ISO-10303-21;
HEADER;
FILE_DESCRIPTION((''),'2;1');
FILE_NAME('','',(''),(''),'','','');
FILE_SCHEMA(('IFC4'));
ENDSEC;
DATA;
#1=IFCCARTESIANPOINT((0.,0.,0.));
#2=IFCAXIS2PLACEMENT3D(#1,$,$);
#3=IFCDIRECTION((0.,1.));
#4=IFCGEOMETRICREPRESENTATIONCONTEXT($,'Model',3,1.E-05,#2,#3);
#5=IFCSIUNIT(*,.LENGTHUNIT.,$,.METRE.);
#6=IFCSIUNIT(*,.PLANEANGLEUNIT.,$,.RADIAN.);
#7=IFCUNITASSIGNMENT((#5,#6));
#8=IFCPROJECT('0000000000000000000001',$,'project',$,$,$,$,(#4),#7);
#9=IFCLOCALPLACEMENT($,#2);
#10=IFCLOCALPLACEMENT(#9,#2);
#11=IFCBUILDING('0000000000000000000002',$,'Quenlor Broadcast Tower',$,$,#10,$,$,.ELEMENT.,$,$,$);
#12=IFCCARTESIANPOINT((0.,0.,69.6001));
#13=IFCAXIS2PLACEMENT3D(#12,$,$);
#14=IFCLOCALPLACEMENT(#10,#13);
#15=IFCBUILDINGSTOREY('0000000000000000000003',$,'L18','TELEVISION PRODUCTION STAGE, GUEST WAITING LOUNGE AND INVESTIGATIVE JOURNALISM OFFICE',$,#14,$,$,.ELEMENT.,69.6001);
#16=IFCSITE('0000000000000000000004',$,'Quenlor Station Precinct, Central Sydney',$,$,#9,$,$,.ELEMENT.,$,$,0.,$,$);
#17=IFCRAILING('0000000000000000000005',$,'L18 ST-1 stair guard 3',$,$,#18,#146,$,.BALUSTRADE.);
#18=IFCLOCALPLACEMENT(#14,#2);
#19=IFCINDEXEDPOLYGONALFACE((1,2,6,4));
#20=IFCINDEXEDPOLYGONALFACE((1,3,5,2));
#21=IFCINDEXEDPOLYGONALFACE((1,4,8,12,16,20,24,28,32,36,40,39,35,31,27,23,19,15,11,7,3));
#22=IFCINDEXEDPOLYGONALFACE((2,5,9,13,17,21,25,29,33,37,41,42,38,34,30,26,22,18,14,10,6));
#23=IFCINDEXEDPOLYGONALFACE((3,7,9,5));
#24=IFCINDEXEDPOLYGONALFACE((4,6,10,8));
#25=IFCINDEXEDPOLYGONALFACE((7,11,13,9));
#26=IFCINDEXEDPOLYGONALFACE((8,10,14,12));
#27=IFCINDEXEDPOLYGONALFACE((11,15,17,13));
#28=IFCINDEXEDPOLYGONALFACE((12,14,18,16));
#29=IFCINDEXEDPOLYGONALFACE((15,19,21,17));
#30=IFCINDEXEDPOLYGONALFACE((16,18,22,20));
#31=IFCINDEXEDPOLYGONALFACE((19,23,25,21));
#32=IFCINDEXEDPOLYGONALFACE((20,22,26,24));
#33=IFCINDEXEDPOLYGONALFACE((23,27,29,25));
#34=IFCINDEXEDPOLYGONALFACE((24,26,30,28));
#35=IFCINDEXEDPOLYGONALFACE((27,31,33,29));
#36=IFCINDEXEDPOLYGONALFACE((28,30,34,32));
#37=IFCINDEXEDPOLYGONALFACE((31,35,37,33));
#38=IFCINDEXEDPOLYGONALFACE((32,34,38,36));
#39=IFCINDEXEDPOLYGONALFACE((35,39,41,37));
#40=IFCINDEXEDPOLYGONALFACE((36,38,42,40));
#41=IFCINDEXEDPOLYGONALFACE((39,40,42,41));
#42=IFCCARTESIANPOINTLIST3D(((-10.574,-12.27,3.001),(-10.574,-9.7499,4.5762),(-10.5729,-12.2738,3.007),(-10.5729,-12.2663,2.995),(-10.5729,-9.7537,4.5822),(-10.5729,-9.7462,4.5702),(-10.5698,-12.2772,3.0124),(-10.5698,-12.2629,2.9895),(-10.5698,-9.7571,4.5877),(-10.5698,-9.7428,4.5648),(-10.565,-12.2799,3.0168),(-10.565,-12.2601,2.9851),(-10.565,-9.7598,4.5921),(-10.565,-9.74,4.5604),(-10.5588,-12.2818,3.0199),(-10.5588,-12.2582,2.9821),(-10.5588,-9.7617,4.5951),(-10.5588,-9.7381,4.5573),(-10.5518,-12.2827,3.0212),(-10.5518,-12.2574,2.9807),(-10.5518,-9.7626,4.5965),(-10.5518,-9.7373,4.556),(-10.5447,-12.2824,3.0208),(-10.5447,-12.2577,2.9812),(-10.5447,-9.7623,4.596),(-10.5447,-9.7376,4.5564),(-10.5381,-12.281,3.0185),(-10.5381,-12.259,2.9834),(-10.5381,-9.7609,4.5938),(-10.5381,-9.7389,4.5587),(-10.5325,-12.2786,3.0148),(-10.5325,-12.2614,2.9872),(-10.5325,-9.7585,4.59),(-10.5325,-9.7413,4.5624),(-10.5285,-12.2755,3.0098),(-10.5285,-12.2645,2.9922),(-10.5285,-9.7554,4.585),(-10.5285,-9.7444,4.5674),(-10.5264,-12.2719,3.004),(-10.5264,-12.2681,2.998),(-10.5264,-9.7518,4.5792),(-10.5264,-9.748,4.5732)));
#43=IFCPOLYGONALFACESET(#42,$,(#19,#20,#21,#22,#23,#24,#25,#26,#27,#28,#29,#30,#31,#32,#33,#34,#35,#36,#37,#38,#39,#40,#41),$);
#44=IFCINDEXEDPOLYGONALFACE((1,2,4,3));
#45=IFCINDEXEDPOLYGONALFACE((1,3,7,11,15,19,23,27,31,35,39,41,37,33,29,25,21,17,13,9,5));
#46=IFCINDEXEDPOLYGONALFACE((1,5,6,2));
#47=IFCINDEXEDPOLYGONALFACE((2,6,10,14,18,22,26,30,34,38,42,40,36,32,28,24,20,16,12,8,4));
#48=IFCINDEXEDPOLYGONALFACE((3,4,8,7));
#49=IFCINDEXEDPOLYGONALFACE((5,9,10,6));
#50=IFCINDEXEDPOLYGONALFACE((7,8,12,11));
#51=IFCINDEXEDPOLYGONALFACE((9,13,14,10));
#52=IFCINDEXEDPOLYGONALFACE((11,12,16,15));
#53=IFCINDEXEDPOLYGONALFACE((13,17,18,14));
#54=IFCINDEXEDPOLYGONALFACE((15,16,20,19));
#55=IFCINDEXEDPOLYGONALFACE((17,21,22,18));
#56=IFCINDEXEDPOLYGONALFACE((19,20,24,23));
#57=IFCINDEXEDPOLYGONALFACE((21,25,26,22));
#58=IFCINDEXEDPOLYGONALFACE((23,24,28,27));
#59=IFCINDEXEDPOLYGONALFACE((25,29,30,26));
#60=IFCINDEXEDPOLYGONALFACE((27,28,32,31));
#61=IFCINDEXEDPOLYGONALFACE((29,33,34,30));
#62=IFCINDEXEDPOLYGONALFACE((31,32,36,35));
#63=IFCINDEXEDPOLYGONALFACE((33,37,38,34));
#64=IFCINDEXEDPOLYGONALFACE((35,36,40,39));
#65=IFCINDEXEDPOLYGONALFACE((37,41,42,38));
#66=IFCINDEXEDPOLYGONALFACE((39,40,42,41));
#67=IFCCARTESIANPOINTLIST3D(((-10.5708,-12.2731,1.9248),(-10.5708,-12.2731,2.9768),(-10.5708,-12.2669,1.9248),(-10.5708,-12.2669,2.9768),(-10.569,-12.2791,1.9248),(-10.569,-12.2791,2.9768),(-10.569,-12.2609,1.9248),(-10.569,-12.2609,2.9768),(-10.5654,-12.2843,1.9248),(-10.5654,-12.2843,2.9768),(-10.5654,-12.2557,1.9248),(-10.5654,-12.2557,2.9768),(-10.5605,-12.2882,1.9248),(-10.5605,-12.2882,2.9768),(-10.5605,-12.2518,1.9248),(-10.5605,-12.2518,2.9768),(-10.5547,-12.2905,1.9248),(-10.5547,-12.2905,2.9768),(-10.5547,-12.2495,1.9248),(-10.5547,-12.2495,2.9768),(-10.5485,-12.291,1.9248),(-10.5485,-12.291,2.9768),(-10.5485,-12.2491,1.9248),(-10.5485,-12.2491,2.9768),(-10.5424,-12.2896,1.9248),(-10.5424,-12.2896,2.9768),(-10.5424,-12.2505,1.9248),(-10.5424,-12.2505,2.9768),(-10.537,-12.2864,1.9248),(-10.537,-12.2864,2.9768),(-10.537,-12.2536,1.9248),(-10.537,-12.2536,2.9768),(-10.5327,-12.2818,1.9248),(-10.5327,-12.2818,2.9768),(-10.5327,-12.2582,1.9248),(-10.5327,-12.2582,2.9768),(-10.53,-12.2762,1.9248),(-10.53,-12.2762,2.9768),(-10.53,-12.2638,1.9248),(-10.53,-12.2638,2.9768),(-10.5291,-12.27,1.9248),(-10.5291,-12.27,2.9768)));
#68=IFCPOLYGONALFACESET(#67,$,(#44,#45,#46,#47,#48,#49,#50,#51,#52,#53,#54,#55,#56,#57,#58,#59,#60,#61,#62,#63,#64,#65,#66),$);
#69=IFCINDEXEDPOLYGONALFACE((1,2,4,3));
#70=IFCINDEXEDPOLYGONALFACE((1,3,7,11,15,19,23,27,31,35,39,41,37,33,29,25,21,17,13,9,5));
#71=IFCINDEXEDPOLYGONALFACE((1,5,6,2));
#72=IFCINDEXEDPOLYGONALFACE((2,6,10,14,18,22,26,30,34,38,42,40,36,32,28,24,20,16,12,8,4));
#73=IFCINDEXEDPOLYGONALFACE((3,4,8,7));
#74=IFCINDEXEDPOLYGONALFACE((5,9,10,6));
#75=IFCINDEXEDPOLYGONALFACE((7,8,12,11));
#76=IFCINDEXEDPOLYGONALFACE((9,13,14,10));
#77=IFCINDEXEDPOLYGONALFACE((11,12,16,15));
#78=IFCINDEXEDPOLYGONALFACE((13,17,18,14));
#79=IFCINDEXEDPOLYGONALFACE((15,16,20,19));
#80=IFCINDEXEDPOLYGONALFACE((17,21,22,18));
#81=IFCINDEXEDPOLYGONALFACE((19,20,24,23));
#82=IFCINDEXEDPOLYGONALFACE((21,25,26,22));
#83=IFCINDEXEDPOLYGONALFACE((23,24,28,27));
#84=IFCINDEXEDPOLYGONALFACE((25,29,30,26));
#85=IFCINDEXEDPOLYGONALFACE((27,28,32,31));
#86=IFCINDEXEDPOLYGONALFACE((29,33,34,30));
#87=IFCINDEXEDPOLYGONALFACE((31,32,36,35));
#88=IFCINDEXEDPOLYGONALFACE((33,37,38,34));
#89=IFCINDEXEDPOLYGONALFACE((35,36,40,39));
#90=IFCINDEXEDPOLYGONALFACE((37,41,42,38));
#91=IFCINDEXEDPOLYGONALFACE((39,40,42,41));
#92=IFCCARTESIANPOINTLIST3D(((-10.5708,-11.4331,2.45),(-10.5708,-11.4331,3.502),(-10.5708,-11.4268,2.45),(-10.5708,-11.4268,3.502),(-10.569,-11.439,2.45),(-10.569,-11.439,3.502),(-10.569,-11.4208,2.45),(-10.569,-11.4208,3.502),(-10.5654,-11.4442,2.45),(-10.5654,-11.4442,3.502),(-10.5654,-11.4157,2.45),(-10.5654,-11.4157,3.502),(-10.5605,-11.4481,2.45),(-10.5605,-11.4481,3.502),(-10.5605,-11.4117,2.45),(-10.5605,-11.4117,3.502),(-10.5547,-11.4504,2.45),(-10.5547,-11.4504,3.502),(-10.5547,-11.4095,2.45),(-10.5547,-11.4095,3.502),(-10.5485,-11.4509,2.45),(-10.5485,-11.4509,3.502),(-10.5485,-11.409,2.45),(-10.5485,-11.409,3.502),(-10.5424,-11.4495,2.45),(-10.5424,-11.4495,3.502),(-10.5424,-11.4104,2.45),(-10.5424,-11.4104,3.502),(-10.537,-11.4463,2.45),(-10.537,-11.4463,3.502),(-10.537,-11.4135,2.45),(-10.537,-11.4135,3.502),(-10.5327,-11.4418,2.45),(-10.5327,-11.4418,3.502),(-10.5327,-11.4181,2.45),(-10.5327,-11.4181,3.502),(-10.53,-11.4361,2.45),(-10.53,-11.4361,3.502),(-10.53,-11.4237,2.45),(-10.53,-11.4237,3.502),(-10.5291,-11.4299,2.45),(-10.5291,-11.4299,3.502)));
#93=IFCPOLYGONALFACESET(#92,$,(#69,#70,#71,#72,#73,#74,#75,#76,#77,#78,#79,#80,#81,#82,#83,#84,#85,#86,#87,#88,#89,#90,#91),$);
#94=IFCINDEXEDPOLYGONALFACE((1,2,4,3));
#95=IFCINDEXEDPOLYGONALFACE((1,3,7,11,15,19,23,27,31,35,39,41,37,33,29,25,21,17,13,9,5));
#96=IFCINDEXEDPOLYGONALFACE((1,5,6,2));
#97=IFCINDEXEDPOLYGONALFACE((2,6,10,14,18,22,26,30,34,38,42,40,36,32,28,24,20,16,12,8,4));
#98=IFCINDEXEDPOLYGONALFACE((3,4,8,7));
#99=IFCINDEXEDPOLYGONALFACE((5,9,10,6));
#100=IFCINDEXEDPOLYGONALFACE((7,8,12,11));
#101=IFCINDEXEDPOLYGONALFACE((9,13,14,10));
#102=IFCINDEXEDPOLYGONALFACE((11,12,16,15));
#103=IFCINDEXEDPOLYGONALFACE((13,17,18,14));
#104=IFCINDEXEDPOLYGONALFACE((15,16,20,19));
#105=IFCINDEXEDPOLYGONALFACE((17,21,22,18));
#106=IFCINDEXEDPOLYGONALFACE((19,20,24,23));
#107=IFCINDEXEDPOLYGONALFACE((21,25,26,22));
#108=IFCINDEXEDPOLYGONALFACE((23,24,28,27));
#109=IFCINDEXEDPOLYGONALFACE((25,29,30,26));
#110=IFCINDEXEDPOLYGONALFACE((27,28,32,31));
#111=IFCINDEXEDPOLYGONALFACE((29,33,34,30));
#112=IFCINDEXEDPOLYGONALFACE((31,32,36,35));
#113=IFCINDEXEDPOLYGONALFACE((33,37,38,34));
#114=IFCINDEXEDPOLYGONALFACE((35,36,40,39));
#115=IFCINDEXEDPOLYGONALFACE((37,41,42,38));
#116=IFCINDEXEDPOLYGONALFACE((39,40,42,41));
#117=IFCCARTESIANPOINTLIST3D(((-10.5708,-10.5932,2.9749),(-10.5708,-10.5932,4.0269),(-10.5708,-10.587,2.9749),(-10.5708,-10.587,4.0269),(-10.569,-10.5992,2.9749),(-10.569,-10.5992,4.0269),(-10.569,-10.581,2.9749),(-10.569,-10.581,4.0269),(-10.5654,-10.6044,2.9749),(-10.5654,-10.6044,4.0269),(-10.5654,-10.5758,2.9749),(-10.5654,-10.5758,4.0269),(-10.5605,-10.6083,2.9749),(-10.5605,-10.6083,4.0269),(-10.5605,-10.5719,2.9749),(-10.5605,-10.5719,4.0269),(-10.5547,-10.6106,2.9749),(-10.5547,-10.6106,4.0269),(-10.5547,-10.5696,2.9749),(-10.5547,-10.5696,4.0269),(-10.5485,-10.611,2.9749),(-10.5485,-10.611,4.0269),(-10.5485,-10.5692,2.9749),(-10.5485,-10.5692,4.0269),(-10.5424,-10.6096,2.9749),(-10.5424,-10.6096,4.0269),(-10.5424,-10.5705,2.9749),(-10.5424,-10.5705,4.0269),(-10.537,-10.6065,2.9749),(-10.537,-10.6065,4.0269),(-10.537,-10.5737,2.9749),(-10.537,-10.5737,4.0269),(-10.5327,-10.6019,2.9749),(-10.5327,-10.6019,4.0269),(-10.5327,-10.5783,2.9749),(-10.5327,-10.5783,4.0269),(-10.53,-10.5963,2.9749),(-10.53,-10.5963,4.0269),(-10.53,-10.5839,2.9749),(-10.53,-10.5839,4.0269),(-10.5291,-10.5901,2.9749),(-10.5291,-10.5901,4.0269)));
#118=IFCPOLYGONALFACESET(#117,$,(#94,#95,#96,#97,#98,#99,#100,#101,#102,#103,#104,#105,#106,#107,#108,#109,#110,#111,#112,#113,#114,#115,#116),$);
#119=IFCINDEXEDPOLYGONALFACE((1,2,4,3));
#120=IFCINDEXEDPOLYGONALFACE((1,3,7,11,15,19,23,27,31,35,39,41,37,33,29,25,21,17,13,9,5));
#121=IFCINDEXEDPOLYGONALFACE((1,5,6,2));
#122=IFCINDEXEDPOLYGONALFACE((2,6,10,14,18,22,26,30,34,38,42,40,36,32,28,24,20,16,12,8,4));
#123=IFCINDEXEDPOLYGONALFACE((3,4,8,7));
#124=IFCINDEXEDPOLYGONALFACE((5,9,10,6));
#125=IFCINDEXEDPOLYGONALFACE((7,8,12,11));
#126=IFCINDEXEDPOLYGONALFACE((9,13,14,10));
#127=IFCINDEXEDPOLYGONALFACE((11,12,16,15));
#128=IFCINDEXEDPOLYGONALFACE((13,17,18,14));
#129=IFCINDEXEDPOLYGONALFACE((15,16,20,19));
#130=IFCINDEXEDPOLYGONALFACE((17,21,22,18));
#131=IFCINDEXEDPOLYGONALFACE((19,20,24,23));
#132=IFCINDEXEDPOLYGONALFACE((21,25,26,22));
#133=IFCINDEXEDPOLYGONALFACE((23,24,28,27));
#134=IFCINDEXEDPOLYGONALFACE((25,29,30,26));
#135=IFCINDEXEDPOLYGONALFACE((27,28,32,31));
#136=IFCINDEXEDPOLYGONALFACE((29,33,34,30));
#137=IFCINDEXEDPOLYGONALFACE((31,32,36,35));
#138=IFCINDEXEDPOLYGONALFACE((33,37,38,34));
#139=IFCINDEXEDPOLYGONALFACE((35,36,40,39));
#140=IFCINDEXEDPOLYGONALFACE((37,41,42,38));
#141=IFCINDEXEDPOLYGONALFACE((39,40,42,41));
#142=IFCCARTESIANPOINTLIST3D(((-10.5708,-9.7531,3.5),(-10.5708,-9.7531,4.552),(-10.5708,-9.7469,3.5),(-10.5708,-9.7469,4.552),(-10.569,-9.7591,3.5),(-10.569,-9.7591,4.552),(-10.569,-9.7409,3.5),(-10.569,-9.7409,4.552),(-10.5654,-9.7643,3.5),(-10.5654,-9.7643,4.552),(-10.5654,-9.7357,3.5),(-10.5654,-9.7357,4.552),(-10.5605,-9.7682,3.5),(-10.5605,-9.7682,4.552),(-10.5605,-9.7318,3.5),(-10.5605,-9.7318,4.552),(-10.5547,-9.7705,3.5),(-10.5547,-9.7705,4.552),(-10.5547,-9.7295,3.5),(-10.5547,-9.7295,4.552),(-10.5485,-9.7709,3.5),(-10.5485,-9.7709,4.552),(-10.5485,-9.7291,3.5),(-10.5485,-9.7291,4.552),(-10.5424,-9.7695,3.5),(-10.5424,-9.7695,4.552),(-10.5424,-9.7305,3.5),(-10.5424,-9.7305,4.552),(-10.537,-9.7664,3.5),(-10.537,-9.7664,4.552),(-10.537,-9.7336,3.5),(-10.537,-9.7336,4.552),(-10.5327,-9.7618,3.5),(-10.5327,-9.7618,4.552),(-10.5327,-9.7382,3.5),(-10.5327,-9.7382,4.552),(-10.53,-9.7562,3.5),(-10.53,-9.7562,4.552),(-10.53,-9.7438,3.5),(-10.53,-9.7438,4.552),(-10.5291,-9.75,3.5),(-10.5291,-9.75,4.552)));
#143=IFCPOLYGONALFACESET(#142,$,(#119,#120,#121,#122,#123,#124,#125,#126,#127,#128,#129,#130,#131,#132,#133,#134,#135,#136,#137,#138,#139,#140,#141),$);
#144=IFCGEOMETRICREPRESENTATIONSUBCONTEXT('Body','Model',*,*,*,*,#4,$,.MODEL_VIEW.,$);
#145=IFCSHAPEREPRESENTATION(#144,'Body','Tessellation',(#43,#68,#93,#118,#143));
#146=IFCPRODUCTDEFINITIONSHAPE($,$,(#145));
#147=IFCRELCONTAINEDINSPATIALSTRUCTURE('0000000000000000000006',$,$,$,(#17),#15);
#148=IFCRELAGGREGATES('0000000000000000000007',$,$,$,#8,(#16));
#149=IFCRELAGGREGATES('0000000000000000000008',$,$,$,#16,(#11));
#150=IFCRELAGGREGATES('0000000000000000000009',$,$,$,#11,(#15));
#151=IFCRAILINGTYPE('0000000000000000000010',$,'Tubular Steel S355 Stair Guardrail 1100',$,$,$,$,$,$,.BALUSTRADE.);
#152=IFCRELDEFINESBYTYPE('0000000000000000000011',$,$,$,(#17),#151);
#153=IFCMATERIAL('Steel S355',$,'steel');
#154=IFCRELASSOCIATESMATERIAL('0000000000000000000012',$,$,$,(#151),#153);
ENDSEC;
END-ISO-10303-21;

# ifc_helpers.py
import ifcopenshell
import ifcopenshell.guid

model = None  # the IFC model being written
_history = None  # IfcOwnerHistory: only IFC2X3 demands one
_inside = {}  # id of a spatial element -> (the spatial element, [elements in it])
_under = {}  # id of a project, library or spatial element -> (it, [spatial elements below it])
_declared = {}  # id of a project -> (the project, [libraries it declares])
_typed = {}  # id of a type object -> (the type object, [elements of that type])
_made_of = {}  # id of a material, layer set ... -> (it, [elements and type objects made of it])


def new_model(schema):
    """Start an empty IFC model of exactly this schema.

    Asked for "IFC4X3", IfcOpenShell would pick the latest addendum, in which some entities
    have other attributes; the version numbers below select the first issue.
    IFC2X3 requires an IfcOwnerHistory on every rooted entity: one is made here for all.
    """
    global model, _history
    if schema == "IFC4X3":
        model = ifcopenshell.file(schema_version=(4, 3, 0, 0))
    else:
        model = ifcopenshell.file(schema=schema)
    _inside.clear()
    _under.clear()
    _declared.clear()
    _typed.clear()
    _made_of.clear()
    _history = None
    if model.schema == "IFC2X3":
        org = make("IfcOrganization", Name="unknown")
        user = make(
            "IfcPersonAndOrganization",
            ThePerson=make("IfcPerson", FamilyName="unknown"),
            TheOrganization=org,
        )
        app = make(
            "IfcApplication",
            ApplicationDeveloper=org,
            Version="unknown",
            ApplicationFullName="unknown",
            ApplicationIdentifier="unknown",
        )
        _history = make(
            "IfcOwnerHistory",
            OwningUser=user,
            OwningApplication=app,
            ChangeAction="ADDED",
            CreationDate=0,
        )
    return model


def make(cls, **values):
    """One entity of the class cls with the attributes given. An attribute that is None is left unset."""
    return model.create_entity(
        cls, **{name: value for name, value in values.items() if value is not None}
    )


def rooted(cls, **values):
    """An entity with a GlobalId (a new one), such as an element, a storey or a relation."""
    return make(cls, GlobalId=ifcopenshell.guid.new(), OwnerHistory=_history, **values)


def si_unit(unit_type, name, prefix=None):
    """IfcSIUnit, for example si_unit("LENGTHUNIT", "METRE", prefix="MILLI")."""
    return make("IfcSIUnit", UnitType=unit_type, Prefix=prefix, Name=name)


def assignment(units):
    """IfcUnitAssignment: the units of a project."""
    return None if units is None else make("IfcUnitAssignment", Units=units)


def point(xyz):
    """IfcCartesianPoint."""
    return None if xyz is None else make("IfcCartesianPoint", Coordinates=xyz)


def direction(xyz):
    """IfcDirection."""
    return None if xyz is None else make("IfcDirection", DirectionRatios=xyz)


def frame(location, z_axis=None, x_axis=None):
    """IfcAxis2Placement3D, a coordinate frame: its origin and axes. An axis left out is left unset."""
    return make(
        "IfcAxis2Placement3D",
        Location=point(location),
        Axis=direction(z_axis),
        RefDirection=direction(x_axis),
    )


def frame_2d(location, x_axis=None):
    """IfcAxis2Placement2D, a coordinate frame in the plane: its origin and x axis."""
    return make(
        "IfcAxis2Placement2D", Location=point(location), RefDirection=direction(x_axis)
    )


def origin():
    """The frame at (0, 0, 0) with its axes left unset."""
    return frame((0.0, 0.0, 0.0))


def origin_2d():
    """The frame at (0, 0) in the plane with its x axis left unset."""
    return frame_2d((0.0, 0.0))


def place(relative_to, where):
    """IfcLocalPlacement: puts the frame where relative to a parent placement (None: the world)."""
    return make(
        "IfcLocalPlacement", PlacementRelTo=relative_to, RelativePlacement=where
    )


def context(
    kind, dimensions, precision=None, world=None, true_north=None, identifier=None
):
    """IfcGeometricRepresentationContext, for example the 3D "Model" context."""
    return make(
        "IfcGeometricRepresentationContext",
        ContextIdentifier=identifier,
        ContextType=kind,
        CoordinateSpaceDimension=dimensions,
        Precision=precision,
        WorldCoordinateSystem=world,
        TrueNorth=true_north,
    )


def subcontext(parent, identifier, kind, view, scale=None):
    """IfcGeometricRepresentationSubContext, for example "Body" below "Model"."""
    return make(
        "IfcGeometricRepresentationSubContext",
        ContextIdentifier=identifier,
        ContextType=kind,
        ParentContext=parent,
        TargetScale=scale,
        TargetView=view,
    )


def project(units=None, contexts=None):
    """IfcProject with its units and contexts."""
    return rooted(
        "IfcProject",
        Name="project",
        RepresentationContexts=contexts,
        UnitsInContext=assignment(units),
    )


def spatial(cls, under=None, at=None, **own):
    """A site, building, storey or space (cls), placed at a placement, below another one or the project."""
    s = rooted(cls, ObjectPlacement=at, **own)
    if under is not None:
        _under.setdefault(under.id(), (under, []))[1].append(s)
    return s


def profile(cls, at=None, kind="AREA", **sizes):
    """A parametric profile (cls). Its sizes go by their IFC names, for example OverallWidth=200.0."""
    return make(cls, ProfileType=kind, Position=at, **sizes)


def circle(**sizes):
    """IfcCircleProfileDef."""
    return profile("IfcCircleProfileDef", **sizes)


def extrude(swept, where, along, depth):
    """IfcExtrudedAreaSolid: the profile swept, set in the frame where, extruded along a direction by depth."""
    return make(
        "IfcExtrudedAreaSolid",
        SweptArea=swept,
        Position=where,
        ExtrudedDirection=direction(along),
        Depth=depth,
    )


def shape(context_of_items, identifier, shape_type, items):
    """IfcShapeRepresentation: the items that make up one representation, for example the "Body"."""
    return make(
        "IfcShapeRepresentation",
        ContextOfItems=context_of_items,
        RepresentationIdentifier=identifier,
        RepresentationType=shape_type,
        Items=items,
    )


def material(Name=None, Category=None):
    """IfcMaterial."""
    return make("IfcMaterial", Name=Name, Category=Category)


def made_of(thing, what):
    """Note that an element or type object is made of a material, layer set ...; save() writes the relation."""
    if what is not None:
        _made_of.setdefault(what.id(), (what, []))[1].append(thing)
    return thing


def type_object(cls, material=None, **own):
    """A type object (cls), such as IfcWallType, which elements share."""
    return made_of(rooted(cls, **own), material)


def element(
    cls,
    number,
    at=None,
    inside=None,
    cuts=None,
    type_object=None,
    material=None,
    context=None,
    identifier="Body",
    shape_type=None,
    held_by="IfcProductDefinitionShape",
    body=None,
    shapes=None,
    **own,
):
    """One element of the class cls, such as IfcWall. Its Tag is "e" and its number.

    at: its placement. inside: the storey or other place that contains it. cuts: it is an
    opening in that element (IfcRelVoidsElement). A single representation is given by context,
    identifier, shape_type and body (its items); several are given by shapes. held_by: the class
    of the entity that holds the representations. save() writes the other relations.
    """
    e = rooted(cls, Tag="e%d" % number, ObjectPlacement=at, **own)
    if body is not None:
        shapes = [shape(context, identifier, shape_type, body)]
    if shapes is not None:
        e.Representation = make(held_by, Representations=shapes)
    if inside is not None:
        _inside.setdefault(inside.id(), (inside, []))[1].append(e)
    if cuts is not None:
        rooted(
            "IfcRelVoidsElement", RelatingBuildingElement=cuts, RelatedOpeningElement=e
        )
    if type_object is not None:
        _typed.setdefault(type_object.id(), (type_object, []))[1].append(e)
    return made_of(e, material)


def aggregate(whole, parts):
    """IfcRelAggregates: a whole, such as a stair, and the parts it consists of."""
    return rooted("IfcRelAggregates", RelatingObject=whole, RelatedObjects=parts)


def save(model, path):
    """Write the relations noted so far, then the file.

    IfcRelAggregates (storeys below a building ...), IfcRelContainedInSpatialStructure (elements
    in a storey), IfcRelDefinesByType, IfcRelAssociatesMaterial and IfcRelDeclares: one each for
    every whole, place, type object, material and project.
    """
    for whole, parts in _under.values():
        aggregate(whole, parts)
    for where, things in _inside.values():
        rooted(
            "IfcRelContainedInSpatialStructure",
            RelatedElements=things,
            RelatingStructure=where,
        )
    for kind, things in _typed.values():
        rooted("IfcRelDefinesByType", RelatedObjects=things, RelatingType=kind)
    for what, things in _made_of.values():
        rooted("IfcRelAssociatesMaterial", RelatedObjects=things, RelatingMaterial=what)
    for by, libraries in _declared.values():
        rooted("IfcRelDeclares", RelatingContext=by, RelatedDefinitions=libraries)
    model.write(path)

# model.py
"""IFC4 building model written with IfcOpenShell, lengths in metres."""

from ifc_helpers import new_model, si_unit, direction, frame, origin, origin_2d, place, context, subcontext, project, spatial, circle, extrude, material, type_object, element, save


model = new_model("IFC4")

# Units and contexts
model_context = context("Model", 3, precision=1e-05, world=origin(), true_north=direction((0.0, 1.0)))
body_context = subcontext(model_context, "Body", "Model", "MODEL_VIEW")
ifc_project = project(units=[si_unit("LENGTHUNIT", "METRE"), si_unit("PLANEANGLEUNIT", "RADIAN")], contexts=[model_context])

# Site, building, storey
site_placement = place(None, origin())
site = spatial("IfcSite", under=ifc_project, at=site_placement, Name="Quenlor Station Precinct, Central Sydney", CompositionType="ELEMENT", RefElevation=0.0)
building_placement = place(site_placement, origin())
building = spatial("IfcBuilding", under=site, at=building_placement, Name="Quenlor Broadcast Tower", CompositionType="ELEMENT")
storey_placement = place(building_placement, frame((0.0, 0.0, 69.6001)))
storey = spatial("IfcBuildingStorey", under=building, at=storey_placement, Name="L18", Description="TELEVISION PRODUCTION STAGE, GUEST WAITING LOUNGE AND INVESTIGATIVE JOURNALISM OFFICE", CompositionType="ELEMENT", Elevation=69.6001)

# Railing
ifc_material_1 = material(Name="Steel S355", Category="steel")
railing_type_1 = type_object("IfcRailingType", Name="Tubular Steel S355 Stair Guardrail 1100", PredefinedType="BALUSTRADE", material=ifc_material_1)
railing_1_placement = place(storey_placement, frame((-10.55, -12.27, 1.9248)))
element("IfcRailing", 1, at=railing_1_placement, inside=storey, type_object=railing_type_1, Name="L18 ST-1 stair guard 3", PredefinedType="BALUSTRADE", context=body_context, shape_type="SweptSolid", body=[
    extrude(circle(Radius=0.0239, at=origin_2d()), frame((0.0, 0.0, 1.0762), z_axis=(0.0, 0.847971, 0.530043), x_axis=(-1.0, 0.0, 0.0)), (0.0, 0.0, 1.0), 2.9719),
    extrude(circle(Radius=0.021, at=origin_2d()), origin(), (0.0, 0.0, 1.0), 1.052),
    extrude(circle(Radius=0.021, at=origin_2d()), frame((0.0, 0.8401, 0.5251)), (0.0, 0.0, 1.0), 1.052),
    extrude(circle(Radius=0.021, at=origin_2d()), frame((0.0, 1.6799, 1.05)), (0.0, 0.0, 1.0), 1.052),
    extrude(circle(Radius=0.021, at=origin_2d()), frame((0.0, 2.52, 1.5752)), (0.0, 0.0, 1.0), 1.052),
])

save(model, "model.ifc")
